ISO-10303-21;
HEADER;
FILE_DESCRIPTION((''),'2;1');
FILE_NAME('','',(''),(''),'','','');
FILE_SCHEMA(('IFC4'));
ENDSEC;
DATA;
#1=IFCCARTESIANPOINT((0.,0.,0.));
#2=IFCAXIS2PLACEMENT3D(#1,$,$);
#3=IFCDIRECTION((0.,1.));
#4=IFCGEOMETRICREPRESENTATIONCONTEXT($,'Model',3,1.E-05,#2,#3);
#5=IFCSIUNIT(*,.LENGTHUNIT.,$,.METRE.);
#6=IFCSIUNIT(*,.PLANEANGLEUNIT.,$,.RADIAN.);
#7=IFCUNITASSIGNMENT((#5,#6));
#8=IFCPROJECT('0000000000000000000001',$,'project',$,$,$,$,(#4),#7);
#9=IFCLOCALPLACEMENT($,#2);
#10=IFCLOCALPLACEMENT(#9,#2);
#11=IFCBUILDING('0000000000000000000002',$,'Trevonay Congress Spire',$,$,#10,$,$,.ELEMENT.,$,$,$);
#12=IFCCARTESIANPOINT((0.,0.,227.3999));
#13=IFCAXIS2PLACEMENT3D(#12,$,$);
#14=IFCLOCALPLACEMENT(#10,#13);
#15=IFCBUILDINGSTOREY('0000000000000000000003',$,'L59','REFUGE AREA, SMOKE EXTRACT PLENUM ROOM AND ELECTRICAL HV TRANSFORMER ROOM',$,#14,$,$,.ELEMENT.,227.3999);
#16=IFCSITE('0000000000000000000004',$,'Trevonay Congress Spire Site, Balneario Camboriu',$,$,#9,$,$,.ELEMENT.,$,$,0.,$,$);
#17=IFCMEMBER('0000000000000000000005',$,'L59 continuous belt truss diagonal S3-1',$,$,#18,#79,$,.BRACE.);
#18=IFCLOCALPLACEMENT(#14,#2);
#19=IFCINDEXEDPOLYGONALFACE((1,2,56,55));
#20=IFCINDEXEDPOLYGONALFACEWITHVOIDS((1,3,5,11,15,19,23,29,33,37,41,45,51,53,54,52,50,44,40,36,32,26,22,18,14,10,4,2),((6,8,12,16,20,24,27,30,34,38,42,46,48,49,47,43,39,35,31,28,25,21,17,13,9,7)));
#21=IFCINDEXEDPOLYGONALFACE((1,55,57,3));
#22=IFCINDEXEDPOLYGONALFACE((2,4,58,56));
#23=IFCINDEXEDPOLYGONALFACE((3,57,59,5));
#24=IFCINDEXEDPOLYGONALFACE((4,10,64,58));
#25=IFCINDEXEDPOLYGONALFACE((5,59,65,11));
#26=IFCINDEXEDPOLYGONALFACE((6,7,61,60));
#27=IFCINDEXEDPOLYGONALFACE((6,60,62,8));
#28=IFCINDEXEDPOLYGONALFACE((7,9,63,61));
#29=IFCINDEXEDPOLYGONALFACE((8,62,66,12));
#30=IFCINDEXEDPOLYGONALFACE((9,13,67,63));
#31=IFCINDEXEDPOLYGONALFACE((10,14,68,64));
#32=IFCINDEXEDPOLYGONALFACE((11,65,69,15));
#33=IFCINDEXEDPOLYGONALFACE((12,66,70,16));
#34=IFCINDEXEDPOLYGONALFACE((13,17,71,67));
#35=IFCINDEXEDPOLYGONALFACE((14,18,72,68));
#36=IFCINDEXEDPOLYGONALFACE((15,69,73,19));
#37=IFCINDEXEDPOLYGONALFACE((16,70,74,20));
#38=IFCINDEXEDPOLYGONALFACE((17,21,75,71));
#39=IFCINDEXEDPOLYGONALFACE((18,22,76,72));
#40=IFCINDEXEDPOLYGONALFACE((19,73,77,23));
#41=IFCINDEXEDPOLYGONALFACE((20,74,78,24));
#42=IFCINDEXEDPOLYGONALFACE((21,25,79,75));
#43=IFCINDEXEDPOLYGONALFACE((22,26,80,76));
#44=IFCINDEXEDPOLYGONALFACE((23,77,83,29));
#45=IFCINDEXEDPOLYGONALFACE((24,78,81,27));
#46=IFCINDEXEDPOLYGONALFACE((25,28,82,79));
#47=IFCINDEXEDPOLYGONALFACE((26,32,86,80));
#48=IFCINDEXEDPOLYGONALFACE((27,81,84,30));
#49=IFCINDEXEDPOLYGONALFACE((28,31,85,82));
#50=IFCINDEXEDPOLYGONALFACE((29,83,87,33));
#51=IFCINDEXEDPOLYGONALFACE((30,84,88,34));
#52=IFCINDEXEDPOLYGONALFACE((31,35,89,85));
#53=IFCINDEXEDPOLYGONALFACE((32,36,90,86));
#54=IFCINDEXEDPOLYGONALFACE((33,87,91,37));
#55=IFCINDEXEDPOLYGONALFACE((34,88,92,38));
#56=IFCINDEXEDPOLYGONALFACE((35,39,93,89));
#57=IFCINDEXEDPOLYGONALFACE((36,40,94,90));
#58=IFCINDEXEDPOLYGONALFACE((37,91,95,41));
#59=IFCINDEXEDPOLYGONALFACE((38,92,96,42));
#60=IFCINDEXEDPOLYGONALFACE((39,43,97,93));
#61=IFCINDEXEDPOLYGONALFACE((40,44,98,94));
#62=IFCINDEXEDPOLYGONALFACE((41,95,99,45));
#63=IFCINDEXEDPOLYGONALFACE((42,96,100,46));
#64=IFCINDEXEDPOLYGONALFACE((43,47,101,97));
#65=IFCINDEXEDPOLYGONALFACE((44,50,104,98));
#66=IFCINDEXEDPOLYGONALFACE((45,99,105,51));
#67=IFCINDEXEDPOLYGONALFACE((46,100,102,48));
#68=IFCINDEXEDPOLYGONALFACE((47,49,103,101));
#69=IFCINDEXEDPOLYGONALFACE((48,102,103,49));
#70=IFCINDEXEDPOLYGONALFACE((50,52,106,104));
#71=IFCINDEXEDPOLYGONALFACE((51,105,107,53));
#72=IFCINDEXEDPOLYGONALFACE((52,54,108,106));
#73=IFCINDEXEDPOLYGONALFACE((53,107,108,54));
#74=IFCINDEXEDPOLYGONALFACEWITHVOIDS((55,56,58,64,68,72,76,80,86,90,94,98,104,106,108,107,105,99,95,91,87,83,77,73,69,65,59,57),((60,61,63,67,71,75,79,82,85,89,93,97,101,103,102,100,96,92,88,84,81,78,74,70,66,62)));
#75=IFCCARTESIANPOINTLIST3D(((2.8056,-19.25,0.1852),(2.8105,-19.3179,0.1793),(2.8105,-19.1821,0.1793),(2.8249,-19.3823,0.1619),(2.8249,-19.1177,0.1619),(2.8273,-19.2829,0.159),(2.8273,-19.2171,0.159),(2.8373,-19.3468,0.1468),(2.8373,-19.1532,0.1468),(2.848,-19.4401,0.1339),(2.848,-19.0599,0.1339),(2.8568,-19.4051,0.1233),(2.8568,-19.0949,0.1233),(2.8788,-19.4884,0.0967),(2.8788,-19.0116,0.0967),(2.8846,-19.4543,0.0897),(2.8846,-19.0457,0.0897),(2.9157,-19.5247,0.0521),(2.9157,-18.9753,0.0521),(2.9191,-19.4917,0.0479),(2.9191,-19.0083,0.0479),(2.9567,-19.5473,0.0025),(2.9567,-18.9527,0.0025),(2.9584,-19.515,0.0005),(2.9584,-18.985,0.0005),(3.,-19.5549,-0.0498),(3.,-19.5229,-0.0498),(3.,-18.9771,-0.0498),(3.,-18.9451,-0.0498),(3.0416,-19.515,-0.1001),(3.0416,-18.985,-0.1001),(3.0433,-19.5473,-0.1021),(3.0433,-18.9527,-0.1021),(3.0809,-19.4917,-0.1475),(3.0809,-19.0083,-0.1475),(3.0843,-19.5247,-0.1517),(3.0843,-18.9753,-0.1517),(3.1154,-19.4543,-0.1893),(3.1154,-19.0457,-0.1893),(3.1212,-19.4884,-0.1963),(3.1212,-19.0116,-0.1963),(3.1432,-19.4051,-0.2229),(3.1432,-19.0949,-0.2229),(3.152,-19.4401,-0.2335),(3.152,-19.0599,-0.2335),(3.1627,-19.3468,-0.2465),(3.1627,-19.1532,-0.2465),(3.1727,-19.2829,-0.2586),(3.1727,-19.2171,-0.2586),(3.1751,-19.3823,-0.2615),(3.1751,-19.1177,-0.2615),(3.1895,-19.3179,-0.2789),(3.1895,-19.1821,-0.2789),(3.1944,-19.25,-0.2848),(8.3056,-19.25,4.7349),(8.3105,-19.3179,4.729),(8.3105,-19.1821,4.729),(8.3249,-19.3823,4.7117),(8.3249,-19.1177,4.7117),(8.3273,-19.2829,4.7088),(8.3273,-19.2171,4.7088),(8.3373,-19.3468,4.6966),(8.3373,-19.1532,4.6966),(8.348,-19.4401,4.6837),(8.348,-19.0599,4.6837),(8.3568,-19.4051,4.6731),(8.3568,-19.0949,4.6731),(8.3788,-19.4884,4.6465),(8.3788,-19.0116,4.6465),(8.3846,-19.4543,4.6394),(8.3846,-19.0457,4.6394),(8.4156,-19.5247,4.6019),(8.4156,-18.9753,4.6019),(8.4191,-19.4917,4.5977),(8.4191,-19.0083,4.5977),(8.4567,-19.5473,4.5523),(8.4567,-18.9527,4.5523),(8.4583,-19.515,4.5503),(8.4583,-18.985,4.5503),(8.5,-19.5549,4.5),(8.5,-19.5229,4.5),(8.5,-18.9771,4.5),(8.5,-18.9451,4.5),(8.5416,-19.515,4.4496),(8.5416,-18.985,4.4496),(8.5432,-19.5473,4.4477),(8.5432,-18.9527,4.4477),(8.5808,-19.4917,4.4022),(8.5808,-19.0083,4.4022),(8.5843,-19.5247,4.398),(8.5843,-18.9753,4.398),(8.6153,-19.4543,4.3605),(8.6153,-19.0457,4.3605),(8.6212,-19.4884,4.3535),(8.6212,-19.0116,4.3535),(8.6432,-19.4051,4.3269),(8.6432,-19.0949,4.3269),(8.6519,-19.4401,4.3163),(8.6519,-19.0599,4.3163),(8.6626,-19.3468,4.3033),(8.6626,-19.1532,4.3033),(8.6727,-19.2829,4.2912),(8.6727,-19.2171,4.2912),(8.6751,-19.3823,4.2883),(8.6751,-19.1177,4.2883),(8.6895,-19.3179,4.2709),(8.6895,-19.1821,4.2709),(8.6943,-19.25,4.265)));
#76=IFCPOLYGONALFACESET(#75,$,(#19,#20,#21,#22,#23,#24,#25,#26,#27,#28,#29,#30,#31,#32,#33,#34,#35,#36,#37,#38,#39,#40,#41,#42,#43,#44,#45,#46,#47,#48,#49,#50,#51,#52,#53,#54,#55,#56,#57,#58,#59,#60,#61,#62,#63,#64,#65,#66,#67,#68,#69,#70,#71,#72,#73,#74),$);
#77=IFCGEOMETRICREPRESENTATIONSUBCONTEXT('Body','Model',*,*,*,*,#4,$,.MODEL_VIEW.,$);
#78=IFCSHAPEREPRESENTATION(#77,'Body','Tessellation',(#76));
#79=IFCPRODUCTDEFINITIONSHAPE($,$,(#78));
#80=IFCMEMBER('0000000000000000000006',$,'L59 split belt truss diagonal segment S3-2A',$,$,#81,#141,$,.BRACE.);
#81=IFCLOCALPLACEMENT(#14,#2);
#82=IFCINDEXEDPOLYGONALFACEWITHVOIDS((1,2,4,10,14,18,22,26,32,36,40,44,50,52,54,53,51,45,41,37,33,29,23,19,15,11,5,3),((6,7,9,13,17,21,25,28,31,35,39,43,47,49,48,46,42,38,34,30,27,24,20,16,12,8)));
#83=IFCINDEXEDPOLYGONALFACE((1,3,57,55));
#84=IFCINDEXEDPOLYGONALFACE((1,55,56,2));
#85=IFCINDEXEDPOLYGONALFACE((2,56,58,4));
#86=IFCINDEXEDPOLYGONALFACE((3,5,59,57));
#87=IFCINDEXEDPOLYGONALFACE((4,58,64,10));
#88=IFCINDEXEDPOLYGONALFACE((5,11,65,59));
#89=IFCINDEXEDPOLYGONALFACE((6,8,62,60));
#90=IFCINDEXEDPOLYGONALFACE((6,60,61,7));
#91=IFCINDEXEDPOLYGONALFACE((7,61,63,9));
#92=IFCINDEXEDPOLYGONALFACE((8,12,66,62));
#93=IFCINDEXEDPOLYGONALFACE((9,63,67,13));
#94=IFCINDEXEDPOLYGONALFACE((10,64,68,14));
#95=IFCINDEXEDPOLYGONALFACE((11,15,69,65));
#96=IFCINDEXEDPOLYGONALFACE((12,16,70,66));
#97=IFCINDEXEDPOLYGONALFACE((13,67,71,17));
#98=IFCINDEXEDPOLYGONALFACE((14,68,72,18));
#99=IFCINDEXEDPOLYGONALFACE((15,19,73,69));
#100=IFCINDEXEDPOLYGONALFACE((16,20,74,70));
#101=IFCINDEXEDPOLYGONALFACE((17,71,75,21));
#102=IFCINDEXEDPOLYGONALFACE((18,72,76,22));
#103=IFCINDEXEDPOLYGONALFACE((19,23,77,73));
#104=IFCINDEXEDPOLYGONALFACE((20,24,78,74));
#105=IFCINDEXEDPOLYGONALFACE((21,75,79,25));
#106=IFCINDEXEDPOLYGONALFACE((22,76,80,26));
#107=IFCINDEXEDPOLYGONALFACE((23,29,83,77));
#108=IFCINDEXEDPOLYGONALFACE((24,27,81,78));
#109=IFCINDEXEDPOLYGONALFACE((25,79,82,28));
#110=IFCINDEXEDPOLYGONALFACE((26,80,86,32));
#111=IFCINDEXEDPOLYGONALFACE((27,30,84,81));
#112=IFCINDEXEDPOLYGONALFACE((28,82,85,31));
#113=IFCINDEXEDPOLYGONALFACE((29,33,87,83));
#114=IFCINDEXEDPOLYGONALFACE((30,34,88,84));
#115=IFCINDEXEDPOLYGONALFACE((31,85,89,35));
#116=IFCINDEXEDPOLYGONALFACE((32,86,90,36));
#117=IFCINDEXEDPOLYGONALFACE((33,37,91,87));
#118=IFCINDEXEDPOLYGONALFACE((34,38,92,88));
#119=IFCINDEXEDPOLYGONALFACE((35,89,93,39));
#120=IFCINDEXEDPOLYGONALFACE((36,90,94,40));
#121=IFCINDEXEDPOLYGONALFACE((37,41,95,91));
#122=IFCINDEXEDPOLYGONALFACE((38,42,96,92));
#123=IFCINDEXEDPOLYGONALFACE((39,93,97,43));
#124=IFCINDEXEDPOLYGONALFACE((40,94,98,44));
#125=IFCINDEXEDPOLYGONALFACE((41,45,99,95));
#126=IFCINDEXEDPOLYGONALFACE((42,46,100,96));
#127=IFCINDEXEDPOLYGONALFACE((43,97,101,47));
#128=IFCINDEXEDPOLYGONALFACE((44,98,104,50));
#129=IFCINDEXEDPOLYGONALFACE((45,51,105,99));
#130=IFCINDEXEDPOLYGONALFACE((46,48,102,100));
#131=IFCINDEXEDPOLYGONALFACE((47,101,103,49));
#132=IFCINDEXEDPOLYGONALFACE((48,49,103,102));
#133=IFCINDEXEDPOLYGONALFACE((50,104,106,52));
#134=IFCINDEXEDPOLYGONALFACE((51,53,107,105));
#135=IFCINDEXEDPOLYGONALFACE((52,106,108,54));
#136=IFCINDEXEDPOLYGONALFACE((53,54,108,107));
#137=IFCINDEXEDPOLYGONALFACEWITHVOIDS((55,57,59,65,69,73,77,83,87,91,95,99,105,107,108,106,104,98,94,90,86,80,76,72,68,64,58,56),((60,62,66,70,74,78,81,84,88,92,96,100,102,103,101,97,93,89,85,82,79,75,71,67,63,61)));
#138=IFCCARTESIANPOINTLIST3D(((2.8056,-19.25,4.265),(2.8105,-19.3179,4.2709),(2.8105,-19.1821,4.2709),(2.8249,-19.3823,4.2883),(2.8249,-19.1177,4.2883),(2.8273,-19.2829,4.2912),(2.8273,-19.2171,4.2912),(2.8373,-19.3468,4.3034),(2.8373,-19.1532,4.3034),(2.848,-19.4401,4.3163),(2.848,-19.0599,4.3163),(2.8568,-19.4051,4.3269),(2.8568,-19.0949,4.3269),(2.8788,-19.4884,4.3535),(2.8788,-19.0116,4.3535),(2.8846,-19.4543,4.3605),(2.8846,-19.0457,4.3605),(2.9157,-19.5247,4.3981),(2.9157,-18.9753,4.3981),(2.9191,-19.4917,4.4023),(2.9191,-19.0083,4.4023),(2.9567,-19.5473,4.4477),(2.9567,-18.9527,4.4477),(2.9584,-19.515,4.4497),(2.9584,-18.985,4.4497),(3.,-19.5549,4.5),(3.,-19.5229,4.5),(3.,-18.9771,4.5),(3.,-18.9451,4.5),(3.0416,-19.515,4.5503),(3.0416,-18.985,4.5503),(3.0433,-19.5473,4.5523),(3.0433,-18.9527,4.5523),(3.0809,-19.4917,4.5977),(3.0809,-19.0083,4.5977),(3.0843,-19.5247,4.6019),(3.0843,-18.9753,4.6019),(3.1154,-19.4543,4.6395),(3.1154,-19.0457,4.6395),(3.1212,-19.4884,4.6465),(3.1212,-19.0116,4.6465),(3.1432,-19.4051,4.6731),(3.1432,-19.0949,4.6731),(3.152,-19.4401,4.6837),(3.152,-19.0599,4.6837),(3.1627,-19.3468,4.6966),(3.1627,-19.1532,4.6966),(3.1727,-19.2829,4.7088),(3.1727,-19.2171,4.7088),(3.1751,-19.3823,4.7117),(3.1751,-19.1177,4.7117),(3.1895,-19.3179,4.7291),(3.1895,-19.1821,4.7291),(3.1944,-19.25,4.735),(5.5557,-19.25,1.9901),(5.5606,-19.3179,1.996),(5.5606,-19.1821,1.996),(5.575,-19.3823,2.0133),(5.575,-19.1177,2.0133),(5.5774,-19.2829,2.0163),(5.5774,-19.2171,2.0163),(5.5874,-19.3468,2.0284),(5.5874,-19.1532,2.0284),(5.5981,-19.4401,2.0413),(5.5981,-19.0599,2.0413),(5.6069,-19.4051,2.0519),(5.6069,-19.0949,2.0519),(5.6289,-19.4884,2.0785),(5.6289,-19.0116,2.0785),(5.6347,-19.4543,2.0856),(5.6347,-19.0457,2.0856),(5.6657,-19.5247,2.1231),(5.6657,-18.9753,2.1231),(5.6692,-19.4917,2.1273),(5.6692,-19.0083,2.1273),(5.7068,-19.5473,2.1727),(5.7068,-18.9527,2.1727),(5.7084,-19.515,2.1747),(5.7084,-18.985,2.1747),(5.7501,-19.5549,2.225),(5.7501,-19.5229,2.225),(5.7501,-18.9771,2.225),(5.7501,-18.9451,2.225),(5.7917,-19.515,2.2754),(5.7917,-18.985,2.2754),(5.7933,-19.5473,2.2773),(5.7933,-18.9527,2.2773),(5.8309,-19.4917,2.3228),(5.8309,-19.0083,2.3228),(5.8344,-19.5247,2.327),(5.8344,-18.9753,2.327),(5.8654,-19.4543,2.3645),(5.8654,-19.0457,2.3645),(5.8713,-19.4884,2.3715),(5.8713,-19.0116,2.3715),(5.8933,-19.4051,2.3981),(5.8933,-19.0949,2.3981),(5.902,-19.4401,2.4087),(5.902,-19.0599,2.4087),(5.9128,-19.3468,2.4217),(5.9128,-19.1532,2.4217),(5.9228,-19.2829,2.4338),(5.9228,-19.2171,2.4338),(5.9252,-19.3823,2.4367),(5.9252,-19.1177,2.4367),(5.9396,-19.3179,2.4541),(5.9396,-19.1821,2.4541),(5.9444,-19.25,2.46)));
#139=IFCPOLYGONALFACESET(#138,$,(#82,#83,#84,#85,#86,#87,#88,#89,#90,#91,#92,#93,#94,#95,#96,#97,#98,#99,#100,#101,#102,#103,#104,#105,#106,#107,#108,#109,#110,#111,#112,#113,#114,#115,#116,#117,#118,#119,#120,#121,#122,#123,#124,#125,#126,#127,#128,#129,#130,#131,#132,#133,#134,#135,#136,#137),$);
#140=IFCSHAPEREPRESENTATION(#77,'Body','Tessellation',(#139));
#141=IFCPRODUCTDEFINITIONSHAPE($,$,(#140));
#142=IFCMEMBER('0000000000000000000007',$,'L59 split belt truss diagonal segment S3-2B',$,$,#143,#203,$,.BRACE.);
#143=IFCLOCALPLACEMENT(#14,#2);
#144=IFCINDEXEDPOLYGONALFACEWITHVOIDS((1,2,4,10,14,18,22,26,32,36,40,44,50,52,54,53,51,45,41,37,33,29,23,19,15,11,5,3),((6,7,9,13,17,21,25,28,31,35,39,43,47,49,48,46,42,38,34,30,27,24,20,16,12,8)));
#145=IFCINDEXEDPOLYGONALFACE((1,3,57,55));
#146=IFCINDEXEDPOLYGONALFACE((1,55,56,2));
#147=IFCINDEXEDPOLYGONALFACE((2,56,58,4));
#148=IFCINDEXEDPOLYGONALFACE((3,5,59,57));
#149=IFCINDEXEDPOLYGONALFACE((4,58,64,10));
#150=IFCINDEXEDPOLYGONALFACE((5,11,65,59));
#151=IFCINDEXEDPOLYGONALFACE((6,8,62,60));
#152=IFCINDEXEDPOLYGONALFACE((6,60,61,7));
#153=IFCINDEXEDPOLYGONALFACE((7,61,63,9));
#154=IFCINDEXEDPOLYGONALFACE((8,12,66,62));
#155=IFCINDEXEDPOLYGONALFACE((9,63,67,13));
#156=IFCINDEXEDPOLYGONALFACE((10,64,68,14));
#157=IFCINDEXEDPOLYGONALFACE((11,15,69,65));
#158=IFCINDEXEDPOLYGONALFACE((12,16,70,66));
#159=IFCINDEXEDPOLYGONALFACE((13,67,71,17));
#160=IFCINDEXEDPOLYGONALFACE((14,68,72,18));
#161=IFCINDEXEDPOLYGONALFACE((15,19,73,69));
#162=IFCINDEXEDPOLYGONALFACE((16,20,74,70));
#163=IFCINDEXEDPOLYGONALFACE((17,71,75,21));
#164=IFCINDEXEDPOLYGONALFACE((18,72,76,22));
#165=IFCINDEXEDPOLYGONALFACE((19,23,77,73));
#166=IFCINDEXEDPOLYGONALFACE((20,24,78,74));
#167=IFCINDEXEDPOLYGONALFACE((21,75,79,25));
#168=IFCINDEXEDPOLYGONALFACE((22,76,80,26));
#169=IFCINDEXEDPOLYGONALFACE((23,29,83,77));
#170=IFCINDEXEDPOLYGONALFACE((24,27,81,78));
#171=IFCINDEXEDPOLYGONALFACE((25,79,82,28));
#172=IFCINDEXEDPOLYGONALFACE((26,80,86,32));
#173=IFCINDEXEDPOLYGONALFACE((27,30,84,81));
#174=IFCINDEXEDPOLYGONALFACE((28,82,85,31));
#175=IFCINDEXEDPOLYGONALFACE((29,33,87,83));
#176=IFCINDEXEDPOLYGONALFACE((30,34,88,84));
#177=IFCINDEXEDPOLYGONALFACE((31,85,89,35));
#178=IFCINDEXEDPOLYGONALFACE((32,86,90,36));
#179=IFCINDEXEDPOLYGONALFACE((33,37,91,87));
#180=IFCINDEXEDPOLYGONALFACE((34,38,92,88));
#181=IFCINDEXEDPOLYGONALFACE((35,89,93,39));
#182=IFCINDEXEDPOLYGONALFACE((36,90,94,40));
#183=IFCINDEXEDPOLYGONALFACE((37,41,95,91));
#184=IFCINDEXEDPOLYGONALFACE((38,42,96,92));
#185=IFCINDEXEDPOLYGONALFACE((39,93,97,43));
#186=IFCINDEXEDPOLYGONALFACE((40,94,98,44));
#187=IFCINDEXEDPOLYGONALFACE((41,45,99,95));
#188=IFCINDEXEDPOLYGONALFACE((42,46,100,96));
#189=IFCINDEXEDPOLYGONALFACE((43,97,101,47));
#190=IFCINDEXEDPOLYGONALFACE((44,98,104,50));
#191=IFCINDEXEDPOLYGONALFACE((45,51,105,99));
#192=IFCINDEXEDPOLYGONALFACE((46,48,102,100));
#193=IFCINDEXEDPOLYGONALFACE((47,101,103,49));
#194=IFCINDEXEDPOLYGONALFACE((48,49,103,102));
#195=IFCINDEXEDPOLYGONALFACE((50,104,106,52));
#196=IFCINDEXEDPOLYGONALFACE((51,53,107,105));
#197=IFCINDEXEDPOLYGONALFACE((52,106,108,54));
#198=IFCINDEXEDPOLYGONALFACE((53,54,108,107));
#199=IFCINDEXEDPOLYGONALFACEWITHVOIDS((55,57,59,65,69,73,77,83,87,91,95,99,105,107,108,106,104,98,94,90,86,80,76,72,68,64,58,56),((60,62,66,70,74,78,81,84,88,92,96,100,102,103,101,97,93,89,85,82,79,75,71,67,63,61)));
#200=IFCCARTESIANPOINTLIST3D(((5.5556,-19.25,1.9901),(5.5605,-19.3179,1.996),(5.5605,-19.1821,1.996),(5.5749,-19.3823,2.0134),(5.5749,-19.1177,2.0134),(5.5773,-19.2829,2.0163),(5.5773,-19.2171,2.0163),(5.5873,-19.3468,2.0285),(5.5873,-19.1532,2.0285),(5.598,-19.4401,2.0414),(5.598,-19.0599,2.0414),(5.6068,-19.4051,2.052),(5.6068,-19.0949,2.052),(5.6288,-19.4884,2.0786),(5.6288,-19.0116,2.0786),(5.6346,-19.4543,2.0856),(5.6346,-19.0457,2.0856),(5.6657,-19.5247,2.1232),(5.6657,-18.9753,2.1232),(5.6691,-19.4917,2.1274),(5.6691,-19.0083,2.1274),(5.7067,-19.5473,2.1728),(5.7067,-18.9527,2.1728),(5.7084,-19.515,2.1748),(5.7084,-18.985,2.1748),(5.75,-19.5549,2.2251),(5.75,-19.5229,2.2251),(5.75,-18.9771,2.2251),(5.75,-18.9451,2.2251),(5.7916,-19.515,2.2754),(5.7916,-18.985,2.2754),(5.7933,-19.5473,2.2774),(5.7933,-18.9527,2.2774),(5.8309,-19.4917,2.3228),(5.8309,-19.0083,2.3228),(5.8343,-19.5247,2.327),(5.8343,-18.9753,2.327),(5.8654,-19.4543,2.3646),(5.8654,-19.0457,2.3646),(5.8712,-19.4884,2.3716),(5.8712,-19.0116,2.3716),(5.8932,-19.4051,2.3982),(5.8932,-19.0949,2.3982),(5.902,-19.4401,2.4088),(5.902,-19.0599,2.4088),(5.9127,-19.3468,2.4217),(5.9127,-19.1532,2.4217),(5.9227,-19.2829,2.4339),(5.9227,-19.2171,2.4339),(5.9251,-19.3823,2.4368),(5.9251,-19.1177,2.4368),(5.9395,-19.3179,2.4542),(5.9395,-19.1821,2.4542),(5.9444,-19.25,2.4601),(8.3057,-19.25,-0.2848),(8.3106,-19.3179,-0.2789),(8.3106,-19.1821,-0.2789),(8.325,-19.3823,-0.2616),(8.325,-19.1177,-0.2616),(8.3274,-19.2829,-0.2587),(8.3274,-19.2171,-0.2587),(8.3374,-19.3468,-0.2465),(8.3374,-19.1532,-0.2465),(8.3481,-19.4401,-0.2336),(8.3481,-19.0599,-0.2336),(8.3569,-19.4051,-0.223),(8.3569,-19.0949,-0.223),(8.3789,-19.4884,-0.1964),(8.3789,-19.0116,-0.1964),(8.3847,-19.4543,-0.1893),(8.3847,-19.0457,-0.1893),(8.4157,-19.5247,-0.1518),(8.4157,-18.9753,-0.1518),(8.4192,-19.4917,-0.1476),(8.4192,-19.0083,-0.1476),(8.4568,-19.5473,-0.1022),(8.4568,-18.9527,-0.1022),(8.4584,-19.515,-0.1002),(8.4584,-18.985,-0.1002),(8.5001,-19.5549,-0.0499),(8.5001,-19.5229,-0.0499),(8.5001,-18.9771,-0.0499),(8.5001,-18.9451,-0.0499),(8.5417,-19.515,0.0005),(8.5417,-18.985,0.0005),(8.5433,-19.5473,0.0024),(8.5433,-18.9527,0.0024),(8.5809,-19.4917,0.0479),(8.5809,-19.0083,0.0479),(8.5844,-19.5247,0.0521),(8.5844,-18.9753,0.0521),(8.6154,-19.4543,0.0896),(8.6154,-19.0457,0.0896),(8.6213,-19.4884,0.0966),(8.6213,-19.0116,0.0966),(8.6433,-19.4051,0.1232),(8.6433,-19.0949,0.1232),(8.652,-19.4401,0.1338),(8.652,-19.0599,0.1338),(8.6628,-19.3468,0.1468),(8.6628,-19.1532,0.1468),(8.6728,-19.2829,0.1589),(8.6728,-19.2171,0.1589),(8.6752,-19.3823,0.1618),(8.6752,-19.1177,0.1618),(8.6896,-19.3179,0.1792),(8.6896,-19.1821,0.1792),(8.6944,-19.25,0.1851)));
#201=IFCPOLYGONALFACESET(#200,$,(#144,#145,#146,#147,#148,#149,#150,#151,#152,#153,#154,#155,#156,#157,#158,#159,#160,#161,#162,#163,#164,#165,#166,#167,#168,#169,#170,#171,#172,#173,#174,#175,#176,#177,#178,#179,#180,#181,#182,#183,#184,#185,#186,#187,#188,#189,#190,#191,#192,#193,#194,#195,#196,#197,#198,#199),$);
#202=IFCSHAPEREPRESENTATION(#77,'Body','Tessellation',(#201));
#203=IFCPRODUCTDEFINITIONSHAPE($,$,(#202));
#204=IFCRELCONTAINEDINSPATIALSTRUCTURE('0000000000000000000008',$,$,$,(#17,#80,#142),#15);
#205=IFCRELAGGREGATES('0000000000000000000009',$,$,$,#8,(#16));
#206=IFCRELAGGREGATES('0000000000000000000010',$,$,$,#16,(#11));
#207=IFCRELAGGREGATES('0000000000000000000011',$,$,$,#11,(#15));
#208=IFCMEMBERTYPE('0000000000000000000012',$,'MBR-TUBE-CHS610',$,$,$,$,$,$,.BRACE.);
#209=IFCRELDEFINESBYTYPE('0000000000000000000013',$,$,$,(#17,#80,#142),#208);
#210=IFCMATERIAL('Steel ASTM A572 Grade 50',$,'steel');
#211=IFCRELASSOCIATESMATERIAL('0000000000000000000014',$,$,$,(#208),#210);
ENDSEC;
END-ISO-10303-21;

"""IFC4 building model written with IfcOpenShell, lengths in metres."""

from ifc_helpers import new_model, si_unit, direction, frame, origin, origin_2d, place, context, subcontext, project, spatial, hollow_circle, extrude, material, material_profile, profile_set, type_object, element, save


model = new_model("IFC4")

# Units and contexts
model_context = context("Model", 3, precision=1e-05, world=origin(), true_north=direction((0.0, 1.0)))
body_context = subcontext(model_context, "Body", "Model", "MODEL_VIEW")
ifc_project = project(units=[si_unit("LENGTHUNIT", "METRE"), si_unit("PLANEANGLEUNIT", "RADIAN")], contexts=[model_context])

# Site, building, storey
site_placement = place(None, origin())
site = spatial("IfcSite", under=ifc_project, at=site_placement, Name="Trevonay Congress Spire Site, Balneario Camboriu", CompositionType="ELEMENT", RefElevation=0.0)
building_placement = place(site_placement, origin())
building = spatial("IfcBuilding", under=site, at=building_placement, Name="Trevonay Congress Spire", CompositionType="ELEMENT")
storey_placement = place(building_placement, frame((0.0, 0.0, 227.3999)))
storey = spatial("IfcBuildingStorey", under=building, at=storey_placement, Name="L59", Description="REFUGE AREA, SMOKE EXTRACT PLENUM ROOM AND ELECTRICAL HV TRANSFORMER ROOM", CompositionType="ELEMENT", Elevation=227.3999)

# Shared definitions
ifc_material_1 = material(Name="Steel ASTM A572 Grade 50", Category="steel")

# Members
ifc_material_profile_1 = material_profile(ifc_material_1, hollow_circle(Radius=0.3049, WallThickness=0.032, at=origin_2d()), Name="CHS 610x32")
ifc_profile_set_1 = profile_set([ifc_material_profile_1], Name="Steel ASTM A572 Grade 50")
member_type_1 = type_object("IfcMemberType", Name="MBR-TUBE-CHS610", PredefinedType="BRACE", material=ifc_profile_set_1)
member_1_placement = place(storey_placement, frame((3.0, -19.25, -0.0498), z_axis=(0.770526, 0.0, 0.637408), x_axis=(0.0, 1.0, 0.0)))
element("IfcMember", 1, at=member_1_placement, inside=storey, type_object=member_type_1, Name="L59 continuous belt truss diagonal S3-1", PredefinedType="BRACE", context=body_context, shape_type="SweptSolid", body=[
    extrude(hollow_circle(Radius=0.3049, WallThickness=0.032, at=origin_2d()), origin(), (0.0, 0.0, 1.0), 7.1379),
])
for number, where, z_axis, x_axis, name in (
    (2, (3.0, -19.25, 4.5), (0.770526, 0.0, -0.637408), (0.0, 1.0, 0.0), "L59 split belt truss diagonal segment S3-2A"),
    (3, (5.75, -19.25, 2.2251), (0.770526, 0.0, -0.637408), (0.0, 1.0, 0.0), "L59 split belt truss diagonal segment S3-2B"),
):
    element("IfcMember", number, at=place(storey_placement, frame(where, z_axis=z_axis, x_axis=x_axis)), inside=storey, type_object=member_type_1, Name=name, PredefinedType="BRACE", context=body_context, shape_type="SweptSolid", body=[
        extrude(hollow_circle(Radius=0.3049, WallThickness=0.032, at=origin_2d()), origin(), (0.0, 0.0, 1.0), 3.5691),
    ])

save(model, "model.ifc")
